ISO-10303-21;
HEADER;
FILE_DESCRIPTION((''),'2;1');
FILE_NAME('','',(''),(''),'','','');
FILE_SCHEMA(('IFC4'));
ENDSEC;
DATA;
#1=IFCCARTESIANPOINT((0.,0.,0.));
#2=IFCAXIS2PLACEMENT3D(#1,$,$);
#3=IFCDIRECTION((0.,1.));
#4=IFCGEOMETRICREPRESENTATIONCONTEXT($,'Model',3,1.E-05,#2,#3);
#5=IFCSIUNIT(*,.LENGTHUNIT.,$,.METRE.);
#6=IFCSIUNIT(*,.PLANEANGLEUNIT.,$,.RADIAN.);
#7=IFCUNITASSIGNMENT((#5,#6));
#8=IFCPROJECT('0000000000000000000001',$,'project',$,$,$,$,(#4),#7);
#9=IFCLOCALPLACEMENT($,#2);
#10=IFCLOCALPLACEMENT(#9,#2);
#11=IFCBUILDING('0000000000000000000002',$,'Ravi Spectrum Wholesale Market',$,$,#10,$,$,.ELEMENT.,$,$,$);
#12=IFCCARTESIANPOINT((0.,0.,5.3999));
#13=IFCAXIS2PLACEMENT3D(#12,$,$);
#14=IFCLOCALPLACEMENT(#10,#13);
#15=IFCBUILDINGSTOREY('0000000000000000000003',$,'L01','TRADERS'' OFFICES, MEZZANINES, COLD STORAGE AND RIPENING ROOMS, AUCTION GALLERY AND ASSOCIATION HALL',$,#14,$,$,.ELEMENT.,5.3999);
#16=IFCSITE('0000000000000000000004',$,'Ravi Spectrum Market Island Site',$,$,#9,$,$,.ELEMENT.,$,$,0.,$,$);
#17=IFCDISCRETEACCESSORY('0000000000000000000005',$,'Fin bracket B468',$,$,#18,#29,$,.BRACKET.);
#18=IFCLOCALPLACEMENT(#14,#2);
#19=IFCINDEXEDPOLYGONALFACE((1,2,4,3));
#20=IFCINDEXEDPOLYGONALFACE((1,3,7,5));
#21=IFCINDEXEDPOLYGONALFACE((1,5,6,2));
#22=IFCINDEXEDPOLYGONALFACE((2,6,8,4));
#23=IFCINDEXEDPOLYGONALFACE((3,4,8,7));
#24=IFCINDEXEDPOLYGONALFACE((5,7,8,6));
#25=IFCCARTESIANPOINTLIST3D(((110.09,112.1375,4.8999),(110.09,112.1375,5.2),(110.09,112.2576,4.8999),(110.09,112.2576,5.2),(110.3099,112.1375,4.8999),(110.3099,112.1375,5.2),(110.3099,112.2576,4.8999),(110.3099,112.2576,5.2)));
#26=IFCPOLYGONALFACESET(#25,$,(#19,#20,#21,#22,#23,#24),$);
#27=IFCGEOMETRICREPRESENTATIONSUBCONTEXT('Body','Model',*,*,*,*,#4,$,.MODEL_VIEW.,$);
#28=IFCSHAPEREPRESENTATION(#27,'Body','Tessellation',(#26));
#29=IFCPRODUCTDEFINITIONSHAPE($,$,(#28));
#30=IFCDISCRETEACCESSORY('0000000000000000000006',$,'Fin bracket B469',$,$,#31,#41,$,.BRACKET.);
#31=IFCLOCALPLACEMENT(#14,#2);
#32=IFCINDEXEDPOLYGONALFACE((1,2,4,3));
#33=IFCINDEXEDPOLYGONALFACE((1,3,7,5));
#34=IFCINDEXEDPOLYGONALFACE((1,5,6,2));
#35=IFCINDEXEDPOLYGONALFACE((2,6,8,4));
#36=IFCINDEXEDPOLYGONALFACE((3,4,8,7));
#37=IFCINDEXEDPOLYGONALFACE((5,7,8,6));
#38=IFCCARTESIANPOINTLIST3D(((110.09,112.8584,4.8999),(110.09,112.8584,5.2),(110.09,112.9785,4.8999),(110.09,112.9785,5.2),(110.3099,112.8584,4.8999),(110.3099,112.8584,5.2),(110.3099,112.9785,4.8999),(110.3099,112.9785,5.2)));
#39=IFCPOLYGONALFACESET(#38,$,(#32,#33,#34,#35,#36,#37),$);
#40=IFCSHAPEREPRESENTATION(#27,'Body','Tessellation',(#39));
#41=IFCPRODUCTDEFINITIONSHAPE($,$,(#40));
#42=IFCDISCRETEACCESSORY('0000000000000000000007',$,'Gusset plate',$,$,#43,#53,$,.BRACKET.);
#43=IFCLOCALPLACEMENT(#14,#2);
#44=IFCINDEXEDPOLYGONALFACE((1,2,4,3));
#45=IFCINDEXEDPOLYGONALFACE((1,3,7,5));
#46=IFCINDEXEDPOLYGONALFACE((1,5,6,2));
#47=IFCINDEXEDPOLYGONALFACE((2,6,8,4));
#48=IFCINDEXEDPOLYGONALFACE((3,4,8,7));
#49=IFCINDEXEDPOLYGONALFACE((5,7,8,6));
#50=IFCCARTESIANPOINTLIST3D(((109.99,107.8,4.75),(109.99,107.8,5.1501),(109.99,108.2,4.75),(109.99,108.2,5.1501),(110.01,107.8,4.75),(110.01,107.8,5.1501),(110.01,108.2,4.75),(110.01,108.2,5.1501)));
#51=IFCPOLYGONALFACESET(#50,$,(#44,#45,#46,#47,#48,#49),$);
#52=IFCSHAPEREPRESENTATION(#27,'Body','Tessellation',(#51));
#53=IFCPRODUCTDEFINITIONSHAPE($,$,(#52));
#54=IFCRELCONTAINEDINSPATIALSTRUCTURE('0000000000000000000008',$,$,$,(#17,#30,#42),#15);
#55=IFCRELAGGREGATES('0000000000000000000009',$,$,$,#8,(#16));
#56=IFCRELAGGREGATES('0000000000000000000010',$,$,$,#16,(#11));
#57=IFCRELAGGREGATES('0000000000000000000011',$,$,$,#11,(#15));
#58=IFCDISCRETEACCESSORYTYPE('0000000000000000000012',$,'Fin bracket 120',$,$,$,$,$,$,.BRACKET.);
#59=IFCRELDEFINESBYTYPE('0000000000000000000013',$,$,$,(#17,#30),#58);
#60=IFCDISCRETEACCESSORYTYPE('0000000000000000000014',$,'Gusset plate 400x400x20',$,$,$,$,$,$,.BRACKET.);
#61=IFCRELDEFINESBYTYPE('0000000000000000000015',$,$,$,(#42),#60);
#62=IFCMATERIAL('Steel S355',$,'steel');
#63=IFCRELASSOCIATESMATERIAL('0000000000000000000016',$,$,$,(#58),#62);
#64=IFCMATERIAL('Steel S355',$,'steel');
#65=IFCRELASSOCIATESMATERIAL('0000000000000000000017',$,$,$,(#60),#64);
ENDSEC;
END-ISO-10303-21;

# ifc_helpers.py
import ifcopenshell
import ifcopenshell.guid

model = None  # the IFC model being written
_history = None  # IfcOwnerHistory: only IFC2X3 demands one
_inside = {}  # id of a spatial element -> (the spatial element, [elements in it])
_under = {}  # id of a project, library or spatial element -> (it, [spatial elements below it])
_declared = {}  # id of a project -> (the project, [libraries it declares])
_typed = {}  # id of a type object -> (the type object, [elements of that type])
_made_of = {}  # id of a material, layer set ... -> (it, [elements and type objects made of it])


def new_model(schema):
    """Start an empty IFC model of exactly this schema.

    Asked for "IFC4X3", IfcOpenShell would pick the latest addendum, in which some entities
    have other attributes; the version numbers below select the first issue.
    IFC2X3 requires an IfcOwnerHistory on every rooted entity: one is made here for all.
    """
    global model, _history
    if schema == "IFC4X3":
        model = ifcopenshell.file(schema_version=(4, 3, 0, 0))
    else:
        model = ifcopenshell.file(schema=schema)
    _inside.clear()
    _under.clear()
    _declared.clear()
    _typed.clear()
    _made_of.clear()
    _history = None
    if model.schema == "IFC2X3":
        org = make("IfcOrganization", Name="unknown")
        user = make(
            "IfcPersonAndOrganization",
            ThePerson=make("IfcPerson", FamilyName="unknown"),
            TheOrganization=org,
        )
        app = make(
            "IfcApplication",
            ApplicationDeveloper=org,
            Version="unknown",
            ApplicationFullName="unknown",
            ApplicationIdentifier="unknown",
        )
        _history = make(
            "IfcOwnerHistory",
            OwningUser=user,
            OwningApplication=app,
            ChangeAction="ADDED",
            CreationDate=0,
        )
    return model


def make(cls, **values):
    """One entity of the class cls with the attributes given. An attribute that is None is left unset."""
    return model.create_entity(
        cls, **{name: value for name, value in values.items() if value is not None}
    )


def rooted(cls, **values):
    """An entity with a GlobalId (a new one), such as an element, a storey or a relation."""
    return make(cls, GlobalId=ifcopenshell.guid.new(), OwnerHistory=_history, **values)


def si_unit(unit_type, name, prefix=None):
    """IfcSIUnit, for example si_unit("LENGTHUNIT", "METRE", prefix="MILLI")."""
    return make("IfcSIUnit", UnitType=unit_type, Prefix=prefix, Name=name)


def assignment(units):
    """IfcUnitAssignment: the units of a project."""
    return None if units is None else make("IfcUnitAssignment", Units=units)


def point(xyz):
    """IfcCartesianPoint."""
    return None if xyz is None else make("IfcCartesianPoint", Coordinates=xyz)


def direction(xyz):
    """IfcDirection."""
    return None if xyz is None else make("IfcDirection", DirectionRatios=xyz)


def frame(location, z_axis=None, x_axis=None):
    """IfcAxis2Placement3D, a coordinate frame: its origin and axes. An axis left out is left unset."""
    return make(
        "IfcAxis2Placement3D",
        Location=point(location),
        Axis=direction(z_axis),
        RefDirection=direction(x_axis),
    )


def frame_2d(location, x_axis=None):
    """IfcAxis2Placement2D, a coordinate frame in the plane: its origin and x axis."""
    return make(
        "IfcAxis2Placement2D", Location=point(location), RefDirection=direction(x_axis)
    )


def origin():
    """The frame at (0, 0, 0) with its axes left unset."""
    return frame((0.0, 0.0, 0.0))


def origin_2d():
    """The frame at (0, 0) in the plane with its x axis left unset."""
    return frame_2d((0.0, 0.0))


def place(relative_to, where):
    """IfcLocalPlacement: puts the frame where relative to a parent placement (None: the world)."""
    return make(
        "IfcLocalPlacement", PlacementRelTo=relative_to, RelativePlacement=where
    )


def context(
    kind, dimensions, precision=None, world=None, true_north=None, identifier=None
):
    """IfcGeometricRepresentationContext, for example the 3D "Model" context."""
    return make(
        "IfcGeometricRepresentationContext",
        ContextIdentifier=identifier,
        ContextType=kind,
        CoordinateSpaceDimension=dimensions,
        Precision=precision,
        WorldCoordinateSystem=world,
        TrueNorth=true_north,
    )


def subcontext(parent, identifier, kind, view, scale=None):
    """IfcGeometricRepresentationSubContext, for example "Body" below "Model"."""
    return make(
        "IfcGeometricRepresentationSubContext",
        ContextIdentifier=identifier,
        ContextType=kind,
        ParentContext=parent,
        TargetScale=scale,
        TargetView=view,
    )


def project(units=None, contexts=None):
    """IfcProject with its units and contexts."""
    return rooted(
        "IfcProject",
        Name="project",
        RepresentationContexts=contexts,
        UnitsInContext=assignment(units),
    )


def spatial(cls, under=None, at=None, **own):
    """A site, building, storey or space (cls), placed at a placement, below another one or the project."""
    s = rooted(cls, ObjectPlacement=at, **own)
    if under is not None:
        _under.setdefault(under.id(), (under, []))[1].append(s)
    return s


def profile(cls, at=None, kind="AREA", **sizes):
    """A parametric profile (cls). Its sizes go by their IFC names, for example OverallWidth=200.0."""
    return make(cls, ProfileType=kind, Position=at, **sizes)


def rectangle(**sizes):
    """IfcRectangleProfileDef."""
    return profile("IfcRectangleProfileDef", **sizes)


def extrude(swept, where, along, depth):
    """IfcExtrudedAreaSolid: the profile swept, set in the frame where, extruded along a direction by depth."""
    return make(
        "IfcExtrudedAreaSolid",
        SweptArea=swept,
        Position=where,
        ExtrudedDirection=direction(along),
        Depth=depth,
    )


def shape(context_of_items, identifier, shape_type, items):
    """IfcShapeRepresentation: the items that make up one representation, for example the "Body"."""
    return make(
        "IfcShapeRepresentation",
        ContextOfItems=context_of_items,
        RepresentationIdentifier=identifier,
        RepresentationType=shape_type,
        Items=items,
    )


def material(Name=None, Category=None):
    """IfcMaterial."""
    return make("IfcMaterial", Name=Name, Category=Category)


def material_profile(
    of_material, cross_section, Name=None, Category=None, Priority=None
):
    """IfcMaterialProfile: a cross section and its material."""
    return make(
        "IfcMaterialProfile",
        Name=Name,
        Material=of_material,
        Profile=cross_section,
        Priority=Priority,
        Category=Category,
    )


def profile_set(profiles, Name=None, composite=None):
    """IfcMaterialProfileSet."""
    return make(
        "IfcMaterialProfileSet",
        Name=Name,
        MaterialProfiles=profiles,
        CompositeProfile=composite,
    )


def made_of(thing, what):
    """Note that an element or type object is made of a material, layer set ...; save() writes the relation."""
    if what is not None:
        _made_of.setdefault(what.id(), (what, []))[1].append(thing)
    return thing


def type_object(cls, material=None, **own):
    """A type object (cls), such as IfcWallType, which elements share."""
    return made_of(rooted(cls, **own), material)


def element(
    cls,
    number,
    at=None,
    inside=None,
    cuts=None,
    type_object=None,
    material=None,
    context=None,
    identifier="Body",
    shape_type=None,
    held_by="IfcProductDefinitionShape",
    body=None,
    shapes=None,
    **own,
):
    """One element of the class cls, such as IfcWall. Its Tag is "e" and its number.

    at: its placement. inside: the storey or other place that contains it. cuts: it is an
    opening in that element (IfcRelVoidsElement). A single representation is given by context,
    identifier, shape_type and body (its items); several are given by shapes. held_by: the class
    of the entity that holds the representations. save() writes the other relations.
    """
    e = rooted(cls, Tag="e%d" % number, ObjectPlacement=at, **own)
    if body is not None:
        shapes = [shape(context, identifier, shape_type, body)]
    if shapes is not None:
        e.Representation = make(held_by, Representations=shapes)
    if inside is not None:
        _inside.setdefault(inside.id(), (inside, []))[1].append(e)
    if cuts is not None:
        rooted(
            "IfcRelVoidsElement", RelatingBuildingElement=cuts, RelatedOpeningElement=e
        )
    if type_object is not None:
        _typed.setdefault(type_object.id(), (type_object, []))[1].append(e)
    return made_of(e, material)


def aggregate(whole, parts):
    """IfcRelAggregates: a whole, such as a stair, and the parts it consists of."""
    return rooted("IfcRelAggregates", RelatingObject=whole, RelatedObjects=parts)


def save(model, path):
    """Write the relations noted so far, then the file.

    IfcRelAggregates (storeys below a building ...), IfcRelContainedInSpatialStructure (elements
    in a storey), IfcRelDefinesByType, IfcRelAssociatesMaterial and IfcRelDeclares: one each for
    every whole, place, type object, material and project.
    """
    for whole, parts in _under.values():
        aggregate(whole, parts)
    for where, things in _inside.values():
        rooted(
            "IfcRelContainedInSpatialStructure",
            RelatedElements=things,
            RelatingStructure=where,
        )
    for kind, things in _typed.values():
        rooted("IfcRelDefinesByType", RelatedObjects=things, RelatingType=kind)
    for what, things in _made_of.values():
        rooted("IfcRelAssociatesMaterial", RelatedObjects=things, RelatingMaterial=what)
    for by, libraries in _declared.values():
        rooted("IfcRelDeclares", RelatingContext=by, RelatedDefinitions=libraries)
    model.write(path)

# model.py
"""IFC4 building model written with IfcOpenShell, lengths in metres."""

from ifc_helpers import new_model, si_unit, direction, frame, origin, origin_2d, place, context, subcontext, project, spatial, rectangle, extrude, material, material_profile, profile_set, type_object, element, save


model = new_model("IFC4")

# Units and contexts
model_context = context("Model", 3, precision=1e-05, world=origin(), true_north=direction((0.0, 1.0)))
body_context = subcontext(model_context, "Body", "Model", "MODEL_VIEW")
ifc_project = project(units=[si_unit("LENGTHUNIT", "METRE"), si_unit("PLANEANGLEUNIT", "RADIAN")], contexts=[model_context])

# Site, building, storey
site_placement = place(None, origin())
site = spatial("IfcSite", under=ifc_project, at=site_placement, Name="Ravi Spectrum Market Island Site", CompositionType="ELEMENT", RefElevation=0.0)
building_placement = place(site_placement, origin())
building = spatial("IfcBuilding", under=site, at=building_placement, Name="Ravi Spectrum Wholesale Market", CompositionType="ELEMENT")
storey_placement = place(building_placement, frame((0.0, 0.0, 5.3999)))
storey = spatial("IfcBuildingStorey", under=building, at=storey_placement, Name="L01", Description="TRADERS' OFFICES, MEZZANINES, COLD STORAGE AND RIPENING ROOMS, AUCTION GALLERY AND ASSOCIATION HALL", CompositionType="ELEMENT", Elevation=5.3999)

# Discrete accessories
ifc_material_1 = material(Name="Steel S355", Category="steel")
discrete_accessory_type_1 = type_object("IfcDiscreteAccessoryType", Name="Fin bracket 120", PredefinedType="BRACKET", material=ifc_material_1)
for number, where, z_axis, x_axis, name in (
    (1, (110.2, 112.1975, 4.8999), (0.0, 0.0, 1.0), (0.0, 1.0, 0.0), "Fin bracket B468"),
    (2, (110.2, 112.9185, 4.8999), (0.0, 0.0, 1.0), (0.0, 1.0, 0.0), "Fin bracket B469"),
):
    element("IfcDiscreteAccessory", number, at=place(storey_placement, frame(where, z_axis=z_axis, x_axis=x_axis)), inside=storey, type_object=discrete_accessory_type_1, Name=name, PredefinedType="BRACKET", context=body_context, shape_type="SweptSolid", body=[
        extrude(rectangle(XDim=0.1201, YDim=0.22, at=origin_2d()), origin(), (0.0, 0.0, 1.0), 0.3),
    ])
ifc_material_2 = material(Name="Steel S355", Category="steel")
ifc_material_profile = material_profile(ifc_material_2, rectangle(XDim=0.3999, YDim=0.02, at=origin_2d()))
ifc_profile_set = profile_set([ifc_material_profile], Name="Steel S355")
discrete_accessory_type_2 = type_object("IfcDiscreteAccessoryType", Name="Gusset plate 400x400x20", PredefinedType="BRACKET", material=ifc_profile_set)
discrete_accessory_placement = place(storey_placement, frame((110.0, 108.0, 4.75), z_axis=(0.0, 0.0, 1.0), x_axis=(0.0, 1.0, 0.0)))
element("IfcDiscreteAccessory", 3, at=discrete_accessory_placement, inside=storey, type_object=discrete_accessory_type_2, Name="Gusset plate", PredefinedType="BRACKET", context=body_context, shape_type="SweptSolid", body=[
    extrude(rectangle(XDim=0.3999, YDim=0.02, at=origin_2d()), origin(), (0.0, 0.0, 1.0), 0.4001),
])

save(model, "model.ifc")
